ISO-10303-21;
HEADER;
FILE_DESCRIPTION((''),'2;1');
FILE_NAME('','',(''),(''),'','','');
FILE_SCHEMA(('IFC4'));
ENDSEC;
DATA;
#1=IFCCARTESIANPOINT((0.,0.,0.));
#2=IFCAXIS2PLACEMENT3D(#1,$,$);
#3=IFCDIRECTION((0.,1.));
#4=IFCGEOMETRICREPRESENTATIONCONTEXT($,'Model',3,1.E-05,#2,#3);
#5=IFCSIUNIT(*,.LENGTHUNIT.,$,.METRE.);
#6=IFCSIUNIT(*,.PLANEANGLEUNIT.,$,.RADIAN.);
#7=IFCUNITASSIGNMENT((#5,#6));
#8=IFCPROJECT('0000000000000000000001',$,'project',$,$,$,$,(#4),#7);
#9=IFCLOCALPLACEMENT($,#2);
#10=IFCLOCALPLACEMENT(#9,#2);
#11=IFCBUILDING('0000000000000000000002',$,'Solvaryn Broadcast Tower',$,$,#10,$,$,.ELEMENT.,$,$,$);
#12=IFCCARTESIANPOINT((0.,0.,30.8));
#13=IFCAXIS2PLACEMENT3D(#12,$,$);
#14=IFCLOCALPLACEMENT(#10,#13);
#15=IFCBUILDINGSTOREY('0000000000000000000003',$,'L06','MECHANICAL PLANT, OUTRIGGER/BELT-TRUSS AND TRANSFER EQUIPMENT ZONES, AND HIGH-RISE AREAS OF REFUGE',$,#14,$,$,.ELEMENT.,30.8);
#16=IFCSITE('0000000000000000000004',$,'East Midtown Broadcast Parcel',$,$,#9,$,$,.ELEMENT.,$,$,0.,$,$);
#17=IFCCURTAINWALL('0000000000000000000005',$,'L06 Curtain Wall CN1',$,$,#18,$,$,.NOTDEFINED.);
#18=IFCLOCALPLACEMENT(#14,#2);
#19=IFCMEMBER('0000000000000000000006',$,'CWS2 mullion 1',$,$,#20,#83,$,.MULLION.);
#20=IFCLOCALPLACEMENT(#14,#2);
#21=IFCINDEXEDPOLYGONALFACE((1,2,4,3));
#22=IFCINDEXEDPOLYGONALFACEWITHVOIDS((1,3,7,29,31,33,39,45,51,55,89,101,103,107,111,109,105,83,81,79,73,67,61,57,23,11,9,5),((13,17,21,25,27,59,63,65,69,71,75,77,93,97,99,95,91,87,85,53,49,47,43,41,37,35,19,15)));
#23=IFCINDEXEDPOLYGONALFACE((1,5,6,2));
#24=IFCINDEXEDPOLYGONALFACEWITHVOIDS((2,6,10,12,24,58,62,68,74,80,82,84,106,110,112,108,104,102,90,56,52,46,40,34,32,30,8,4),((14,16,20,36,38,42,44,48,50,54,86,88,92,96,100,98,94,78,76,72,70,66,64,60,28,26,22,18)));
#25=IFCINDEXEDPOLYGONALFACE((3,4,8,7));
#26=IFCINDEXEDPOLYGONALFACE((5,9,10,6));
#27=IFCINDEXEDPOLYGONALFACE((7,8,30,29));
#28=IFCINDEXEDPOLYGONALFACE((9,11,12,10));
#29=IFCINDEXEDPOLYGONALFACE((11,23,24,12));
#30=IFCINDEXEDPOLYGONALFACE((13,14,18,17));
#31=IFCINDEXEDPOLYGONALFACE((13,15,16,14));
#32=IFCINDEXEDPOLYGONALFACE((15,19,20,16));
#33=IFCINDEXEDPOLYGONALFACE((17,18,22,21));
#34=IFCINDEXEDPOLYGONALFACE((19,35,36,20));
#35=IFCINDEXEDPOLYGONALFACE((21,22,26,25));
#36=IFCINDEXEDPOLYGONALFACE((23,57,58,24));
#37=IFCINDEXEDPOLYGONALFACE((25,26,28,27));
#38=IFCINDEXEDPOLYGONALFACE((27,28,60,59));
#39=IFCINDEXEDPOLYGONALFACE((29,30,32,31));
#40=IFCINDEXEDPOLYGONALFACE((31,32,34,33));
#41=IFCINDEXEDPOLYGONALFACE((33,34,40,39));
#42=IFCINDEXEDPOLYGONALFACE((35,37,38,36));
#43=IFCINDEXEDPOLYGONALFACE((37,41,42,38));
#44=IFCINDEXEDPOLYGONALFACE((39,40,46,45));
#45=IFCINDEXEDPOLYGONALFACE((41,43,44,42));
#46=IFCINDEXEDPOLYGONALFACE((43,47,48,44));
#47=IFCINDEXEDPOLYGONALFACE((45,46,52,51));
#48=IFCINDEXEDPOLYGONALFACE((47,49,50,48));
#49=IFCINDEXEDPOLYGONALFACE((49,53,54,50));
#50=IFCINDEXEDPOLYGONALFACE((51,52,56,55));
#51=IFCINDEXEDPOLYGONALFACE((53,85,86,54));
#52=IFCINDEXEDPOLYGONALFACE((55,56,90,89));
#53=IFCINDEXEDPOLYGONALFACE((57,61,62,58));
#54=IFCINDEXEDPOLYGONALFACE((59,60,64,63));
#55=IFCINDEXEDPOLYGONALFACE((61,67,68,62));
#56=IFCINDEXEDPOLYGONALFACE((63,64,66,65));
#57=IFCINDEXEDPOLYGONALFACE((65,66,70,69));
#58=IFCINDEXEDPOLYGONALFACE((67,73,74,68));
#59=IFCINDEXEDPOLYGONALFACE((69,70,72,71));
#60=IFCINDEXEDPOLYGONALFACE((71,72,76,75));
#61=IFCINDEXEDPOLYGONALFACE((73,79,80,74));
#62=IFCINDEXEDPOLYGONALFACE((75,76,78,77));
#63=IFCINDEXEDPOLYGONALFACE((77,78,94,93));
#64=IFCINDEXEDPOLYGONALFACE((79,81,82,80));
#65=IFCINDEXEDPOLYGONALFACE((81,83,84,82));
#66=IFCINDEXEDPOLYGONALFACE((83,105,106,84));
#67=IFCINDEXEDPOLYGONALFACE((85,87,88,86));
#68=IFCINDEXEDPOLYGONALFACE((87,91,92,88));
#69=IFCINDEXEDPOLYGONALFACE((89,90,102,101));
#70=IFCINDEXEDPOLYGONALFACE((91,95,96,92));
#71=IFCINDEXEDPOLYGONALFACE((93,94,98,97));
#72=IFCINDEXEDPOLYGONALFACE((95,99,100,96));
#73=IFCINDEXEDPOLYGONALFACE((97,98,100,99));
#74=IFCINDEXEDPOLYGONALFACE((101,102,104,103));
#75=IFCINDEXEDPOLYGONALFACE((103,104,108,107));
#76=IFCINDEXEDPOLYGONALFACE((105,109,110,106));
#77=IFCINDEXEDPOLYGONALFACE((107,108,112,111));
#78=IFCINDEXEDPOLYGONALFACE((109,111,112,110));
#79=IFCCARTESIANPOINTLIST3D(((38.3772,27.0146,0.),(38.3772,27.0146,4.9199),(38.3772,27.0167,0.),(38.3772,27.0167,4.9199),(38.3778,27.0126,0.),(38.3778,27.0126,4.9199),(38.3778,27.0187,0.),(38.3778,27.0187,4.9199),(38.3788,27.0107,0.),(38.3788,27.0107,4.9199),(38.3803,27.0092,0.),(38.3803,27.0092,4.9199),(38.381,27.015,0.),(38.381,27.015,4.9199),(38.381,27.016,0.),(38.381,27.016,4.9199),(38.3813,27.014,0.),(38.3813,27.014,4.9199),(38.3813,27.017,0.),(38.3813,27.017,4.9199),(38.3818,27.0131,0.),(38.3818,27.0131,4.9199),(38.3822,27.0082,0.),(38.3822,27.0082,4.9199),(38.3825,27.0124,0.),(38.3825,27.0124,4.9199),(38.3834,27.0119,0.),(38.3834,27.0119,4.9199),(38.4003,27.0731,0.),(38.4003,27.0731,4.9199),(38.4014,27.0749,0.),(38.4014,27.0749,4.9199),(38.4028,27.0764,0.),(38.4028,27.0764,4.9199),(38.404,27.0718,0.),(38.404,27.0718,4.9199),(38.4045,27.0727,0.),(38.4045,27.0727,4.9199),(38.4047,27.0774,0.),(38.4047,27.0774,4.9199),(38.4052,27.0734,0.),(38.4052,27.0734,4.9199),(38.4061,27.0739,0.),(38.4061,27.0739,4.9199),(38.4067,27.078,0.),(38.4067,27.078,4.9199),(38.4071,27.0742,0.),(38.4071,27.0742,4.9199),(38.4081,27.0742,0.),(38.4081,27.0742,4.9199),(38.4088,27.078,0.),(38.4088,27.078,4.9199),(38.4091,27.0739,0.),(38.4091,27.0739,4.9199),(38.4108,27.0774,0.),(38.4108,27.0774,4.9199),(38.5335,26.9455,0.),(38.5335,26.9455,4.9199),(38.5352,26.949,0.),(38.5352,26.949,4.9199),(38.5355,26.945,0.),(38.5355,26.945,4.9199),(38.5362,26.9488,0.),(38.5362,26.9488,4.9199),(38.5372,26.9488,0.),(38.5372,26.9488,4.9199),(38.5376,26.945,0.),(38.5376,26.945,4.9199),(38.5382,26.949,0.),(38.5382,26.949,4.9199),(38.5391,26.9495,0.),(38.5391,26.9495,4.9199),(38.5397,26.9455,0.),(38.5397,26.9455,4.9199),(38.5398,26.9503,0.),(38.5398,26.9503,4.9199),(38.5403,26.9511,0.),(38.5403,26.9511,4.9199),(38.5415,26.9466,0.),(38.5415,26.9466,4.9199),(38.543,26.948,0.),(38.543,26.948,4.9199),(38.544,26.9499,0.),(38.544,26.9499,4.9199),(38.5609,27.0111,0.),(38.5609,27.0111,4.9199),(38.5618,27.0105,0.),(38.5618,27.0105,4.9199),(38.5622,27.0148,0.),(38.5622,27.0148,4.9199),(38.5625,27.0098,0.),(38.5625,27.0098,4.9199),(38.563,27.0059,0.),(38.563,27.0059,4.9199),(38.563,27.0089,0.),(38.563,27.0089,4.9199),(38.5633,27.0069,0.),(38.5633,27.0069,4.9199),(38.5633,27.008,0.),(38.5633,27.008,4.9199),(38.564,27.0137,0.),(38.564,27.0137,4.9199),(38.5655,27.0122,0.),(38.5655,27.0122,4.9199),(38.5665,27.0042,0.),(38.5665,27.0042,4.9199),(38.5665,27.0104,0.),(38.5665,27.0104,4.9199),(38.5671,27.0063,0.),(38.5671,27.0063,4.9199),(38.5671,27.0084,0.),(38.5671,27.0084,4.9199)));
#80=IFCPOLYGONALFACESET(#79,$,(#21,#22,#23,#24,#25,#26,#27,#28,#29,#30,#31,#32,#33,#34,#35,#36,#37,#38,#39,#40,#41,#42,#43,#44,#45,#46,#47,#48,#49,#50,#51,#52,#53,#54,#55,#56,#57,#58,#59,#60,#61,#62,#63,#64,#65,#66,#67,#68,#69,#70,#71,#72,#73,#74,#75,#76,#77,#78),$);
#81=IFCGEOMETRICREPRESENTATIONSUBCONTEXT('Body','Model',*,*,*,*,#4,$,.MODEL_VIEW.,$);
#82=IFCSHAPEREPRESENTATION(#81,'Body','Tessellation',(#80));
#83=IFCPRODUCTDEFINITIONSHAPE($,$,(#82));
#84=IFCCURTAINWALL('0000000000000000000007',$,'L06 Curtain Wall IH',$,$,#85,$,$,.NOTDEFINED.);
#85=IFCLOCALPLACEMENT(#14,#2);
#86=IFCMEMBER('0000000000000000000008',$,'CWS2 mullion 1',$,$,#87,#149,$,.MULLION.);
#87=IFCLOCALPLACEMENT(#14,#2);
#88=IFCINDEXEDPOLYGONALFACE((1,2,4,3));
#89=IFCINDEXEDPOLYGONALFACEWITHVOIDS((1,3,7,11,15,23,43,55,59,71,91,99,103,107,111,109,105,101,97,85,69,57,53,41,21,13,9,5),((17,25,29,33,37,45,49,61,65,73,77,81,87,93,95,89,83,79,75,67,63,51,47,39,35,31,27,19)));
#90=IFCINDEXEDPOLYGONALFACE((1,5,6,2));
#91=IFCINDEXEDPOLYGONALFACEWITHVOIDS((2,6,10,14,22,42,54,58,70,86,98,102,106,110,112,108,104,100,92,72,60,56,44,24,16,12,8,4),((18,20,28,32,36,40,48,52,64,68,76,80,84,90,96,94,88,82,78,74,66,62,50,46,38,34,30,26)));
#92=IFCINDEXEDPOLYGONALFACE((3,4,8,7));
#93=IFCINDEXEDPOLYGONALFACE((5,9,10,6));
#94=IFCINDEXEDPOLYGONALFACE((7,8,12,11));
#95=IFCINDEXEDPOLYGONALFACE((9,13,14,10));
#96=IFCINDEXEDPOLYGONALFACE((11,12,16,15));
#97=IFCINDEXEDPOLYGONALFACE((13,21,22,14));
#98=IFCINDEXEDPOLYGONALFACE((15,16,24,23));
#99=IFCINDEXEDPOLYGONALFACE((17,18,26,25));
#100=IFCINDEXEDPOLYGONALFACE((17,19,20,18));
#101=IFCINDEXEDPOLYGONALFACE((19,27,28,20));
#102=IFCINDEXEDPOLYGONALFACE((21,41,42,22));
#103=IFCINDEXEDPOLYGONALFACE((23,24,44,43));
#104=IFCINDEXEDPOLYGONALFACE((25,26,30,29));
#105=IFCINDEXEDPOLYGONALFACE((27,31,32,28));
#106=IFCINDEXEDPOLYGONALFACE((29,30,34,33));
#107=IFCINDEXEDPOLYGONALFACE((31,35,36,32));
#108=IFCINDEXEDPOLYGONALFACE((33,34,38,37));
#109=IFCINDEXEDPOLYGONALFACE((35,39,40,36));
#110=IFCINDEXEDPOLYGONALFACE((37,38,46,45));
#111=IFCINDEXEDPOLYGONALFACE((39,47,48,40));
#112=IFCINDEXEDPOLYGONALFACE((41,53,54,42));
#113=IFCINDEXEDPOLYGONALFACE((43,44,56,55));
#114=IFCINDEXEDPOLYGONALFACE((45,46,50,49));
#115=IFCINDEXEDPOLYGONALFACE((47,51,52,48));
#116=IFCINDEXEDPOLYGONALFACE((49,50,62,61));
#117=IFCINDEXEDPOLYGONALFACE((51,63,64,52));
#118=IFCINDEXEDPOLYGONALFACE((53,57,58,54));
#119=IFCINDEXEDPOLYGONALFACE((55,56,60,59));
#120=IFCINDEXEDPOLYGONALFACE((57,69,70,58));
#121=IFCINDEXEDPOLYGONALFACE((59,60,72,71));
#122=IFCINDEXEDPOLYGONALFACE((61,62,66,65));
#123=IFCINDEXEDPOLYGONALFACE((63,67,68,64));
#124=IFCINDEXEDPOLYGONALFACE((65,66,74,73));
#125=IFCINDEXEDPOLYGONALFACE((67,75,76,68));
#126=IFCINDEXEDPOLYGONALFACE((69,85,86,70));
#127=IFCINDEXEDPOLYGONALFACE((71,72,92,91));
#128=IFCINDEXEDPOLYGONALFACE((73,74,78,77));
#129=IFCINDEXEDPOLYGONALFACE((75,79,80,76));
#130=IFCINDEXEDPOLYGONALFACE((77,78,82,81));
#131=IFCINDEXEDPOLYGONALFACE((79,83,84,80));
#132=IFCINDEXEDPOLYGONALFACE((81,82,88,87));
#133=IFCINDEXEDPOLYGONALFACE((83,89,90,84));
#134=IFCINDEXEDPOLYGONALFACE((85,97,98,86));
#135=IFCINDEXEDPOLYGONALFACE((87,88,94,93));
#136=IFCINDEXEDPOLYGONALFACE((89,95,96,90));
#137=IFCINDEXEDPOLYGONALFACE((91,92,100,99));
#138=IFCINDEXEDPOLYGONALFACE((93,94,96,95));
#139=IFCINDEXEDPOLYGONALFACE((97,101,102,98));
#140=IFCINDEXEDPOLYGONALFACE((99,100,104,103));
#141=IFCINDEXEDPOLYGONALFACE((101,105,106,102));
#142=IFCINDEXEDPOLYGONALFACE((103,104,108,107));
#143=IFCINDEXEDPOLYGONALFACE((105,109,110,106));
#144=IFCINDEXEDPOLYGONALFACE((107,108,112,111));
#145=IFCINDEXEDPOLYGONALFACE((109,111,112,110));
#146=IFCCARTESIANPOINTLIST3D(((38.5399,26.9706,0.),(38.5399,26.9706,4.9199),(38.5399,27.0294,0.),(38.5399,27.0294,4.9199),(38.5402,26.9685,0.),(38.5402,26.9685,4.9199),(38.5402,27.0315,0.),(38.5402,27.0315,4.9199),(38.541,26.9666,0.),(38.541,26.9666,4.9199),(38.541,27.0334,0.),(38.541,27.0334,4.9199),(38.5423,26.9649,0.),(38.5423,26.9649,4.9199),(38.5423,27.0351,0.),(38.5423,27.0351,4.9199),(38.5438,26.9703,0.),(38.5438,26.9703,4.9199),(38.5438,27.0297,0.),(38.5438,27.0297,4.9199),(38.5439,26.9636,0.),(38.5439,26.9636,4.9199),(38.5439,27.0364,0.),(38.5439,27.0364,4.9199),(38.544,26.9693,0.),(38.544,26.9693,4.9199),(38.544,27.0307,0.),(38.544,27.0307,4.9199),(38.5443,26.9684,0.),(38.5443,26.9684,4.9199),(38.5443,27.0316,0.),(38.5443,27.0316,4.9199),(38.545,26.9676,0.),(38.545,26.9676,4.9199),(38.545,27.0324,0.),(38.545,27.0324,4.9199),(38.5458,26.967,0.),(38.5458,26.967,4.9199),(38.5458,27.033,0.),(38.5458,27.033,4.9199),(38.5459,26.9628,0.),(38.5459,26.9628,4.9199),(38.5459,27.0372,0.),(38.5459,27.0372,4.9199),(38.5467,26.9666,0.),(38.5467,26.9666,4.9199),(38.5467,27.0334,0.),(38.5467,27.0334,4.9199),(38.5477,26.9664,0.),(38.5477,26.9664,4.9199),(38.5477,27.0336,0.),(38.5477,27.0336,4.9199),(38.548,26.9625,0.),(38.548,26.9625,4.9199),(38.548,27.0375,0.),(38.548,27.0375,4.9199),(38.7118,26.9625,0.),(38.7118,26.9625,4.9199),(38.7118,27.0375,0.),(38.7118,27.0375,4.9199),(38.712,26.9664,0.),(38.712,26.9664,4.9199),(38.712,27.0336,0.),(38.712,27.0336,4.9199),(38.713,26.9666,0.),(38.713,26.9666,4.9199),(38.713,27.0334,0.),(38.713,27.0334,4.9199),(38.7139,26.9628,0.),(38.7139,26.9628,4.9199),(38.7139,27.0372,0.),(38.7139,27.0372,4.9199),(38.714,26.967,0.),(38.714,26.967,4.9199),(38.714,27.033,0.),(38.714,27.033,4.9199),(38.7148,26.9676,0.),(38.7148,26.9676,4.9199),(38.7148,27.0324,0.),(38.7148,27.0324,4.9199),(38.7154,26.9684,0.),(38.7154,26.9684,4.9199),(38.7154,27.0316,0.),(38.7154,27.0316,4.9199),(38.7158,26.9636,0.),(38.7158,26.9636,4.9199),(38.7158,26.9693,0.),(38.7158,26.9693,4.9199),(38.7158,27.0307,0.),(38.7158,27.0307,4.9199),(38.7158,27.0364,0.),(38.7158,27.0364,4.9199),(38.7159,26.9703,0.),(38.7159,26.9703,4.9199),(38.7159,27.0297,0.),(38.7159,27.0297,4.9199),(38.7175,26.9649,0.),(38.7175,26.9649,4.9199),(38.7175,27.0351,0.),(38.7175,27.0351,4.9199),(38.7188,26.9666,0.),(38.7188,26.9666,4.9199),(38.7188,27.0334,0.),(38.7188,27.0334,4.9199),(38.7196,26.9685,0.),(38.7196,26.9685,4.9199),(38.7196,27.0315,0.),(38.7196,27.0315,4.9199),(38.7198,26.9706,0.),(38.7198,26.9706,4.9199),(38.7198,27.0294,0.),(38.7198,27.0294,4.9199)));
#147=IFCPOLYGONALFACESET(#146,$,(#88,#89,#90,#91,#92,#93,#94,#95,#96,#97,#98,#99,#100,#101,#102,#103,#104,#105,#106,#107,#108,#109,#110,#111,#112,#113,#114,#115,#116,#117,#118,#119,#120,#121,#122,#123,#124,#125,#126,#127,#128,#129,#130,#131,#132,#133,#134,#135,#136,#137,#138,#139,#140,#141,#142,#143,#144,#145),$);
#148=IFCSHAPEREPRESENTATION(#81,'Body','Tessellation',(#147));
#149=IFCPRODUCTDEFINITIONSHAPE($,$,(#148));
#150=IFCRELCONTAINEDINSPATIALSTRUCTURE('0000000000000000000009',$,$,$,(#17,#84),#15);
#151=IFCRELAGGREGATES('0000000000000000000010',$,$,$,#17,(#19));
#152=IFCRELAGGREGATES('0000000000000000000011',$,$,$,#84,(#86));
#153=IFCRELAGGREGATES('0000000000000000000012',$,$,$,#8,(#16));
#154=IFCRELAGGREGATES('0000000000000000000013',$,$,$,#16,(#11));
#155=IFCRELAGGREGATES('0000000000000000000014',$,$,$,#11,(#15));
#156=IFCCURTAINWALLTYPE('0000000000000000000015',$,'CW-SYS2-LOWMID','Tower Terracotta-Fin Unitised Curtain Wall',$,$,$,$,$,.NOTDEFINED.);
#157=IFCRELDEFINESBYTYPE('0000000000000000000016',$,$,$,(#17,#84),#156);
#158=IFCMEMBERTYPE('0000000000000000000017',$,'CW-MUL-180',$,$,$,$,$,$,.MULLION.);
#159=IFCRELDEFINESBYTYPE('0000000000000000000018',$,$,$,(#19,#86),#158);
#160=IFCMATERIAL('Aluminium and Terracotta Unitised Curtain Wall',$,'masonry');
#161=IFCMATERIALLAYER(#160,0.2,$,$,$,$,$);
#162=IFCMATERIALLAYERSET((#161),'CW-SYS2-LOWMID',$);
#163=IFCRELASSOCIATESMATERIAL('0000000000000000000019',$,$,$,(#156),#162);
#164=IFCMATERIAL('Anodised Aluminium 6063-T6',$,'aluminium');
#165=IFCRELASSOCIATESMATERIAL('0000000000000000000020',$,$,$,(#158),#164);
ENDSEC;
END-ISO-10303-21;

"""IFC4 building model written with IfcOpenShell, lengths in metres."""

from ifc_helpers import new_model, si_unit, direction, frame, origin, origin_2d, place, context, subcontext, project, spatial, hollow_rectangle, extrude, material, layer, layer_set, material_profile, profile_set, type_object, element, aggregate, save


model = new_model("IFC4")

# Units and contexts
model_context = context("Model", 3, precision=1e-05, world=origin(), true_north=direction((0.0, 1.0)))
body_context = subcontext(model_context, "Body", "Model", "MODEL_VIEW")
ifc_project = project(units=[si_unit("LENGTHUNIT", "METRE"), si_unit("PLANEANGLEUNIT", "RADIAN")], contexts=[model_context])

# Site, building, storey
site_placement = place(None, origin())
site = spatial("IfcSite", under=ifc_project, at=site_placement, Name="East Midtown Broadcast Parcel", CompositionType="ELEMENT", RefElevation=0.0)
building_placement = place(site_placement, origin())
building = spatial("IfcBuilding", under=site, at=building_placement, Name="Solvaryn Broadcast Tower", CompositionType="ELEMENT")
storey_placement = place(building_placement, frame((0.0, 0.0, 30.8)))
storey = spatial("IfcBuildingStorey", under=building, at=storey_placement, Name="L06", Description="MECHANICAL PLANT, OUTRIGGER/BELT-TRUSS AND TRANSFER EQUIPMENT ZONES, AND HIGH-RISE AREAS OF REFUGE", CompositionType="ELEMENT", Elevation=30.8)

# Curtain wall, member
ifc_material_1 = material(Name="Aluminium and Terracotta Unitised Curtain Wall", Category="masonry")
ifc_layer_1 = layer(ifc_material_1, 0.2)
ifc_layer_set_1 = layer_set([ifc_layer_1], Name="CW-SYS2-LOWMID")
curtain_wall_type = type_object("IfcCurtainWallType", Name="CW-SYS2-LOWMID", Description="Tower Terracotta-Fin Unitised Curtain Wall", PredefinedType="NOTDEFINED", material=ifc_layer_set_1)
curtain_wall_1_placement = place(storey_placement, origin())
curtain_wall_1 = element("IfcCurtainWall", 1, at=curtain_wall_1_placement, inside=storey, type_object=curtain_wall_type, Name="L06 Curtain Wall CN1", PredefinedType="NOTDEFINED")
ifc_material_2 = material(Name="Anodised Aluminium 6063-T6", Category="aluminium")
ifc_material_profile_1 = material_profile(ifc_material_2, hollow_rectangle(XDim=0.075, YDim=0.1799, WallThickness=0.0039, InnerFilletRadius=0.0039, OuterFilletRadius=0.0081, at=origin_2d()))
ifc_profile_set_1 = profile_set([ifc_material_profile_1], Name="Anodised Aluminium 6063-T6")
member_type_1 = type_object("IfcMemberType", Name="CW-MUL-180", PredefinedType="MULLION", material=ifc_profile_set_1)
member_1_placement = place(storey_placement, frame((38.4722, 27.0115, 0.0), z_axis=(0.0, 0.0, 1.0), x_axis=(-0.382646, -0.923895, 0.0)))
member_1 = element("IfcMember", 2, at=member_1_placement, type_object=member_type_1, Name="CWS2 mullion 1", PredefinedType="MULLION", context=body_context, shape_type="SweptSolid", body=[
    extrude(hollow_rectangle(XDim=0.075, YDim=0.1799, WallThickness=0.0039, InnerFilletRadius=0.0039, OuterFilletRadius=0.0081, at=origin_2d()), origin(), (0.0, 0.0, 1.0), 4.9199),
])

# Curtain wall, member
curtain_wall_2_placement = place(storey_placement, origin())
curtain_wall_2 = element("IfcCurtainWall", 3, at=curtain_wall_2_placement, inside=storey, type_object=curtain_wall_type, Name="L06 Curtain Wall IH", PredefinedType="NOTDEFINED")
member_2_placement = place(storey_placement, frame((38.6299, 27.0, 0.0), z_axis=(0.0, 0.0, 1.0), x_axis=(0.0, 1.0, 0.0)))
member_2 = element("IfcMember", 4, at=member_2_placement, type_object=member_type_1, Name="CWS2 mullion 1", PredefinedType="MULLION", context=body_context, shape_type="SweptSolid", body=[
    extrude(hollow_rectangle(XDim=0.075, YDim=0.1799, WallThickness=0.0039, InnerFilletRadius=0.0039, OuterFilletRadius=0.0081, at=origin_2d()), origin(), (0.0, 0.0, 1.0), 4.9199),
])

aggregate(curtain_wall_1, [member_1])

aggregate(curtain_wall_2, [member_2])

save(model, "model.ifc")
